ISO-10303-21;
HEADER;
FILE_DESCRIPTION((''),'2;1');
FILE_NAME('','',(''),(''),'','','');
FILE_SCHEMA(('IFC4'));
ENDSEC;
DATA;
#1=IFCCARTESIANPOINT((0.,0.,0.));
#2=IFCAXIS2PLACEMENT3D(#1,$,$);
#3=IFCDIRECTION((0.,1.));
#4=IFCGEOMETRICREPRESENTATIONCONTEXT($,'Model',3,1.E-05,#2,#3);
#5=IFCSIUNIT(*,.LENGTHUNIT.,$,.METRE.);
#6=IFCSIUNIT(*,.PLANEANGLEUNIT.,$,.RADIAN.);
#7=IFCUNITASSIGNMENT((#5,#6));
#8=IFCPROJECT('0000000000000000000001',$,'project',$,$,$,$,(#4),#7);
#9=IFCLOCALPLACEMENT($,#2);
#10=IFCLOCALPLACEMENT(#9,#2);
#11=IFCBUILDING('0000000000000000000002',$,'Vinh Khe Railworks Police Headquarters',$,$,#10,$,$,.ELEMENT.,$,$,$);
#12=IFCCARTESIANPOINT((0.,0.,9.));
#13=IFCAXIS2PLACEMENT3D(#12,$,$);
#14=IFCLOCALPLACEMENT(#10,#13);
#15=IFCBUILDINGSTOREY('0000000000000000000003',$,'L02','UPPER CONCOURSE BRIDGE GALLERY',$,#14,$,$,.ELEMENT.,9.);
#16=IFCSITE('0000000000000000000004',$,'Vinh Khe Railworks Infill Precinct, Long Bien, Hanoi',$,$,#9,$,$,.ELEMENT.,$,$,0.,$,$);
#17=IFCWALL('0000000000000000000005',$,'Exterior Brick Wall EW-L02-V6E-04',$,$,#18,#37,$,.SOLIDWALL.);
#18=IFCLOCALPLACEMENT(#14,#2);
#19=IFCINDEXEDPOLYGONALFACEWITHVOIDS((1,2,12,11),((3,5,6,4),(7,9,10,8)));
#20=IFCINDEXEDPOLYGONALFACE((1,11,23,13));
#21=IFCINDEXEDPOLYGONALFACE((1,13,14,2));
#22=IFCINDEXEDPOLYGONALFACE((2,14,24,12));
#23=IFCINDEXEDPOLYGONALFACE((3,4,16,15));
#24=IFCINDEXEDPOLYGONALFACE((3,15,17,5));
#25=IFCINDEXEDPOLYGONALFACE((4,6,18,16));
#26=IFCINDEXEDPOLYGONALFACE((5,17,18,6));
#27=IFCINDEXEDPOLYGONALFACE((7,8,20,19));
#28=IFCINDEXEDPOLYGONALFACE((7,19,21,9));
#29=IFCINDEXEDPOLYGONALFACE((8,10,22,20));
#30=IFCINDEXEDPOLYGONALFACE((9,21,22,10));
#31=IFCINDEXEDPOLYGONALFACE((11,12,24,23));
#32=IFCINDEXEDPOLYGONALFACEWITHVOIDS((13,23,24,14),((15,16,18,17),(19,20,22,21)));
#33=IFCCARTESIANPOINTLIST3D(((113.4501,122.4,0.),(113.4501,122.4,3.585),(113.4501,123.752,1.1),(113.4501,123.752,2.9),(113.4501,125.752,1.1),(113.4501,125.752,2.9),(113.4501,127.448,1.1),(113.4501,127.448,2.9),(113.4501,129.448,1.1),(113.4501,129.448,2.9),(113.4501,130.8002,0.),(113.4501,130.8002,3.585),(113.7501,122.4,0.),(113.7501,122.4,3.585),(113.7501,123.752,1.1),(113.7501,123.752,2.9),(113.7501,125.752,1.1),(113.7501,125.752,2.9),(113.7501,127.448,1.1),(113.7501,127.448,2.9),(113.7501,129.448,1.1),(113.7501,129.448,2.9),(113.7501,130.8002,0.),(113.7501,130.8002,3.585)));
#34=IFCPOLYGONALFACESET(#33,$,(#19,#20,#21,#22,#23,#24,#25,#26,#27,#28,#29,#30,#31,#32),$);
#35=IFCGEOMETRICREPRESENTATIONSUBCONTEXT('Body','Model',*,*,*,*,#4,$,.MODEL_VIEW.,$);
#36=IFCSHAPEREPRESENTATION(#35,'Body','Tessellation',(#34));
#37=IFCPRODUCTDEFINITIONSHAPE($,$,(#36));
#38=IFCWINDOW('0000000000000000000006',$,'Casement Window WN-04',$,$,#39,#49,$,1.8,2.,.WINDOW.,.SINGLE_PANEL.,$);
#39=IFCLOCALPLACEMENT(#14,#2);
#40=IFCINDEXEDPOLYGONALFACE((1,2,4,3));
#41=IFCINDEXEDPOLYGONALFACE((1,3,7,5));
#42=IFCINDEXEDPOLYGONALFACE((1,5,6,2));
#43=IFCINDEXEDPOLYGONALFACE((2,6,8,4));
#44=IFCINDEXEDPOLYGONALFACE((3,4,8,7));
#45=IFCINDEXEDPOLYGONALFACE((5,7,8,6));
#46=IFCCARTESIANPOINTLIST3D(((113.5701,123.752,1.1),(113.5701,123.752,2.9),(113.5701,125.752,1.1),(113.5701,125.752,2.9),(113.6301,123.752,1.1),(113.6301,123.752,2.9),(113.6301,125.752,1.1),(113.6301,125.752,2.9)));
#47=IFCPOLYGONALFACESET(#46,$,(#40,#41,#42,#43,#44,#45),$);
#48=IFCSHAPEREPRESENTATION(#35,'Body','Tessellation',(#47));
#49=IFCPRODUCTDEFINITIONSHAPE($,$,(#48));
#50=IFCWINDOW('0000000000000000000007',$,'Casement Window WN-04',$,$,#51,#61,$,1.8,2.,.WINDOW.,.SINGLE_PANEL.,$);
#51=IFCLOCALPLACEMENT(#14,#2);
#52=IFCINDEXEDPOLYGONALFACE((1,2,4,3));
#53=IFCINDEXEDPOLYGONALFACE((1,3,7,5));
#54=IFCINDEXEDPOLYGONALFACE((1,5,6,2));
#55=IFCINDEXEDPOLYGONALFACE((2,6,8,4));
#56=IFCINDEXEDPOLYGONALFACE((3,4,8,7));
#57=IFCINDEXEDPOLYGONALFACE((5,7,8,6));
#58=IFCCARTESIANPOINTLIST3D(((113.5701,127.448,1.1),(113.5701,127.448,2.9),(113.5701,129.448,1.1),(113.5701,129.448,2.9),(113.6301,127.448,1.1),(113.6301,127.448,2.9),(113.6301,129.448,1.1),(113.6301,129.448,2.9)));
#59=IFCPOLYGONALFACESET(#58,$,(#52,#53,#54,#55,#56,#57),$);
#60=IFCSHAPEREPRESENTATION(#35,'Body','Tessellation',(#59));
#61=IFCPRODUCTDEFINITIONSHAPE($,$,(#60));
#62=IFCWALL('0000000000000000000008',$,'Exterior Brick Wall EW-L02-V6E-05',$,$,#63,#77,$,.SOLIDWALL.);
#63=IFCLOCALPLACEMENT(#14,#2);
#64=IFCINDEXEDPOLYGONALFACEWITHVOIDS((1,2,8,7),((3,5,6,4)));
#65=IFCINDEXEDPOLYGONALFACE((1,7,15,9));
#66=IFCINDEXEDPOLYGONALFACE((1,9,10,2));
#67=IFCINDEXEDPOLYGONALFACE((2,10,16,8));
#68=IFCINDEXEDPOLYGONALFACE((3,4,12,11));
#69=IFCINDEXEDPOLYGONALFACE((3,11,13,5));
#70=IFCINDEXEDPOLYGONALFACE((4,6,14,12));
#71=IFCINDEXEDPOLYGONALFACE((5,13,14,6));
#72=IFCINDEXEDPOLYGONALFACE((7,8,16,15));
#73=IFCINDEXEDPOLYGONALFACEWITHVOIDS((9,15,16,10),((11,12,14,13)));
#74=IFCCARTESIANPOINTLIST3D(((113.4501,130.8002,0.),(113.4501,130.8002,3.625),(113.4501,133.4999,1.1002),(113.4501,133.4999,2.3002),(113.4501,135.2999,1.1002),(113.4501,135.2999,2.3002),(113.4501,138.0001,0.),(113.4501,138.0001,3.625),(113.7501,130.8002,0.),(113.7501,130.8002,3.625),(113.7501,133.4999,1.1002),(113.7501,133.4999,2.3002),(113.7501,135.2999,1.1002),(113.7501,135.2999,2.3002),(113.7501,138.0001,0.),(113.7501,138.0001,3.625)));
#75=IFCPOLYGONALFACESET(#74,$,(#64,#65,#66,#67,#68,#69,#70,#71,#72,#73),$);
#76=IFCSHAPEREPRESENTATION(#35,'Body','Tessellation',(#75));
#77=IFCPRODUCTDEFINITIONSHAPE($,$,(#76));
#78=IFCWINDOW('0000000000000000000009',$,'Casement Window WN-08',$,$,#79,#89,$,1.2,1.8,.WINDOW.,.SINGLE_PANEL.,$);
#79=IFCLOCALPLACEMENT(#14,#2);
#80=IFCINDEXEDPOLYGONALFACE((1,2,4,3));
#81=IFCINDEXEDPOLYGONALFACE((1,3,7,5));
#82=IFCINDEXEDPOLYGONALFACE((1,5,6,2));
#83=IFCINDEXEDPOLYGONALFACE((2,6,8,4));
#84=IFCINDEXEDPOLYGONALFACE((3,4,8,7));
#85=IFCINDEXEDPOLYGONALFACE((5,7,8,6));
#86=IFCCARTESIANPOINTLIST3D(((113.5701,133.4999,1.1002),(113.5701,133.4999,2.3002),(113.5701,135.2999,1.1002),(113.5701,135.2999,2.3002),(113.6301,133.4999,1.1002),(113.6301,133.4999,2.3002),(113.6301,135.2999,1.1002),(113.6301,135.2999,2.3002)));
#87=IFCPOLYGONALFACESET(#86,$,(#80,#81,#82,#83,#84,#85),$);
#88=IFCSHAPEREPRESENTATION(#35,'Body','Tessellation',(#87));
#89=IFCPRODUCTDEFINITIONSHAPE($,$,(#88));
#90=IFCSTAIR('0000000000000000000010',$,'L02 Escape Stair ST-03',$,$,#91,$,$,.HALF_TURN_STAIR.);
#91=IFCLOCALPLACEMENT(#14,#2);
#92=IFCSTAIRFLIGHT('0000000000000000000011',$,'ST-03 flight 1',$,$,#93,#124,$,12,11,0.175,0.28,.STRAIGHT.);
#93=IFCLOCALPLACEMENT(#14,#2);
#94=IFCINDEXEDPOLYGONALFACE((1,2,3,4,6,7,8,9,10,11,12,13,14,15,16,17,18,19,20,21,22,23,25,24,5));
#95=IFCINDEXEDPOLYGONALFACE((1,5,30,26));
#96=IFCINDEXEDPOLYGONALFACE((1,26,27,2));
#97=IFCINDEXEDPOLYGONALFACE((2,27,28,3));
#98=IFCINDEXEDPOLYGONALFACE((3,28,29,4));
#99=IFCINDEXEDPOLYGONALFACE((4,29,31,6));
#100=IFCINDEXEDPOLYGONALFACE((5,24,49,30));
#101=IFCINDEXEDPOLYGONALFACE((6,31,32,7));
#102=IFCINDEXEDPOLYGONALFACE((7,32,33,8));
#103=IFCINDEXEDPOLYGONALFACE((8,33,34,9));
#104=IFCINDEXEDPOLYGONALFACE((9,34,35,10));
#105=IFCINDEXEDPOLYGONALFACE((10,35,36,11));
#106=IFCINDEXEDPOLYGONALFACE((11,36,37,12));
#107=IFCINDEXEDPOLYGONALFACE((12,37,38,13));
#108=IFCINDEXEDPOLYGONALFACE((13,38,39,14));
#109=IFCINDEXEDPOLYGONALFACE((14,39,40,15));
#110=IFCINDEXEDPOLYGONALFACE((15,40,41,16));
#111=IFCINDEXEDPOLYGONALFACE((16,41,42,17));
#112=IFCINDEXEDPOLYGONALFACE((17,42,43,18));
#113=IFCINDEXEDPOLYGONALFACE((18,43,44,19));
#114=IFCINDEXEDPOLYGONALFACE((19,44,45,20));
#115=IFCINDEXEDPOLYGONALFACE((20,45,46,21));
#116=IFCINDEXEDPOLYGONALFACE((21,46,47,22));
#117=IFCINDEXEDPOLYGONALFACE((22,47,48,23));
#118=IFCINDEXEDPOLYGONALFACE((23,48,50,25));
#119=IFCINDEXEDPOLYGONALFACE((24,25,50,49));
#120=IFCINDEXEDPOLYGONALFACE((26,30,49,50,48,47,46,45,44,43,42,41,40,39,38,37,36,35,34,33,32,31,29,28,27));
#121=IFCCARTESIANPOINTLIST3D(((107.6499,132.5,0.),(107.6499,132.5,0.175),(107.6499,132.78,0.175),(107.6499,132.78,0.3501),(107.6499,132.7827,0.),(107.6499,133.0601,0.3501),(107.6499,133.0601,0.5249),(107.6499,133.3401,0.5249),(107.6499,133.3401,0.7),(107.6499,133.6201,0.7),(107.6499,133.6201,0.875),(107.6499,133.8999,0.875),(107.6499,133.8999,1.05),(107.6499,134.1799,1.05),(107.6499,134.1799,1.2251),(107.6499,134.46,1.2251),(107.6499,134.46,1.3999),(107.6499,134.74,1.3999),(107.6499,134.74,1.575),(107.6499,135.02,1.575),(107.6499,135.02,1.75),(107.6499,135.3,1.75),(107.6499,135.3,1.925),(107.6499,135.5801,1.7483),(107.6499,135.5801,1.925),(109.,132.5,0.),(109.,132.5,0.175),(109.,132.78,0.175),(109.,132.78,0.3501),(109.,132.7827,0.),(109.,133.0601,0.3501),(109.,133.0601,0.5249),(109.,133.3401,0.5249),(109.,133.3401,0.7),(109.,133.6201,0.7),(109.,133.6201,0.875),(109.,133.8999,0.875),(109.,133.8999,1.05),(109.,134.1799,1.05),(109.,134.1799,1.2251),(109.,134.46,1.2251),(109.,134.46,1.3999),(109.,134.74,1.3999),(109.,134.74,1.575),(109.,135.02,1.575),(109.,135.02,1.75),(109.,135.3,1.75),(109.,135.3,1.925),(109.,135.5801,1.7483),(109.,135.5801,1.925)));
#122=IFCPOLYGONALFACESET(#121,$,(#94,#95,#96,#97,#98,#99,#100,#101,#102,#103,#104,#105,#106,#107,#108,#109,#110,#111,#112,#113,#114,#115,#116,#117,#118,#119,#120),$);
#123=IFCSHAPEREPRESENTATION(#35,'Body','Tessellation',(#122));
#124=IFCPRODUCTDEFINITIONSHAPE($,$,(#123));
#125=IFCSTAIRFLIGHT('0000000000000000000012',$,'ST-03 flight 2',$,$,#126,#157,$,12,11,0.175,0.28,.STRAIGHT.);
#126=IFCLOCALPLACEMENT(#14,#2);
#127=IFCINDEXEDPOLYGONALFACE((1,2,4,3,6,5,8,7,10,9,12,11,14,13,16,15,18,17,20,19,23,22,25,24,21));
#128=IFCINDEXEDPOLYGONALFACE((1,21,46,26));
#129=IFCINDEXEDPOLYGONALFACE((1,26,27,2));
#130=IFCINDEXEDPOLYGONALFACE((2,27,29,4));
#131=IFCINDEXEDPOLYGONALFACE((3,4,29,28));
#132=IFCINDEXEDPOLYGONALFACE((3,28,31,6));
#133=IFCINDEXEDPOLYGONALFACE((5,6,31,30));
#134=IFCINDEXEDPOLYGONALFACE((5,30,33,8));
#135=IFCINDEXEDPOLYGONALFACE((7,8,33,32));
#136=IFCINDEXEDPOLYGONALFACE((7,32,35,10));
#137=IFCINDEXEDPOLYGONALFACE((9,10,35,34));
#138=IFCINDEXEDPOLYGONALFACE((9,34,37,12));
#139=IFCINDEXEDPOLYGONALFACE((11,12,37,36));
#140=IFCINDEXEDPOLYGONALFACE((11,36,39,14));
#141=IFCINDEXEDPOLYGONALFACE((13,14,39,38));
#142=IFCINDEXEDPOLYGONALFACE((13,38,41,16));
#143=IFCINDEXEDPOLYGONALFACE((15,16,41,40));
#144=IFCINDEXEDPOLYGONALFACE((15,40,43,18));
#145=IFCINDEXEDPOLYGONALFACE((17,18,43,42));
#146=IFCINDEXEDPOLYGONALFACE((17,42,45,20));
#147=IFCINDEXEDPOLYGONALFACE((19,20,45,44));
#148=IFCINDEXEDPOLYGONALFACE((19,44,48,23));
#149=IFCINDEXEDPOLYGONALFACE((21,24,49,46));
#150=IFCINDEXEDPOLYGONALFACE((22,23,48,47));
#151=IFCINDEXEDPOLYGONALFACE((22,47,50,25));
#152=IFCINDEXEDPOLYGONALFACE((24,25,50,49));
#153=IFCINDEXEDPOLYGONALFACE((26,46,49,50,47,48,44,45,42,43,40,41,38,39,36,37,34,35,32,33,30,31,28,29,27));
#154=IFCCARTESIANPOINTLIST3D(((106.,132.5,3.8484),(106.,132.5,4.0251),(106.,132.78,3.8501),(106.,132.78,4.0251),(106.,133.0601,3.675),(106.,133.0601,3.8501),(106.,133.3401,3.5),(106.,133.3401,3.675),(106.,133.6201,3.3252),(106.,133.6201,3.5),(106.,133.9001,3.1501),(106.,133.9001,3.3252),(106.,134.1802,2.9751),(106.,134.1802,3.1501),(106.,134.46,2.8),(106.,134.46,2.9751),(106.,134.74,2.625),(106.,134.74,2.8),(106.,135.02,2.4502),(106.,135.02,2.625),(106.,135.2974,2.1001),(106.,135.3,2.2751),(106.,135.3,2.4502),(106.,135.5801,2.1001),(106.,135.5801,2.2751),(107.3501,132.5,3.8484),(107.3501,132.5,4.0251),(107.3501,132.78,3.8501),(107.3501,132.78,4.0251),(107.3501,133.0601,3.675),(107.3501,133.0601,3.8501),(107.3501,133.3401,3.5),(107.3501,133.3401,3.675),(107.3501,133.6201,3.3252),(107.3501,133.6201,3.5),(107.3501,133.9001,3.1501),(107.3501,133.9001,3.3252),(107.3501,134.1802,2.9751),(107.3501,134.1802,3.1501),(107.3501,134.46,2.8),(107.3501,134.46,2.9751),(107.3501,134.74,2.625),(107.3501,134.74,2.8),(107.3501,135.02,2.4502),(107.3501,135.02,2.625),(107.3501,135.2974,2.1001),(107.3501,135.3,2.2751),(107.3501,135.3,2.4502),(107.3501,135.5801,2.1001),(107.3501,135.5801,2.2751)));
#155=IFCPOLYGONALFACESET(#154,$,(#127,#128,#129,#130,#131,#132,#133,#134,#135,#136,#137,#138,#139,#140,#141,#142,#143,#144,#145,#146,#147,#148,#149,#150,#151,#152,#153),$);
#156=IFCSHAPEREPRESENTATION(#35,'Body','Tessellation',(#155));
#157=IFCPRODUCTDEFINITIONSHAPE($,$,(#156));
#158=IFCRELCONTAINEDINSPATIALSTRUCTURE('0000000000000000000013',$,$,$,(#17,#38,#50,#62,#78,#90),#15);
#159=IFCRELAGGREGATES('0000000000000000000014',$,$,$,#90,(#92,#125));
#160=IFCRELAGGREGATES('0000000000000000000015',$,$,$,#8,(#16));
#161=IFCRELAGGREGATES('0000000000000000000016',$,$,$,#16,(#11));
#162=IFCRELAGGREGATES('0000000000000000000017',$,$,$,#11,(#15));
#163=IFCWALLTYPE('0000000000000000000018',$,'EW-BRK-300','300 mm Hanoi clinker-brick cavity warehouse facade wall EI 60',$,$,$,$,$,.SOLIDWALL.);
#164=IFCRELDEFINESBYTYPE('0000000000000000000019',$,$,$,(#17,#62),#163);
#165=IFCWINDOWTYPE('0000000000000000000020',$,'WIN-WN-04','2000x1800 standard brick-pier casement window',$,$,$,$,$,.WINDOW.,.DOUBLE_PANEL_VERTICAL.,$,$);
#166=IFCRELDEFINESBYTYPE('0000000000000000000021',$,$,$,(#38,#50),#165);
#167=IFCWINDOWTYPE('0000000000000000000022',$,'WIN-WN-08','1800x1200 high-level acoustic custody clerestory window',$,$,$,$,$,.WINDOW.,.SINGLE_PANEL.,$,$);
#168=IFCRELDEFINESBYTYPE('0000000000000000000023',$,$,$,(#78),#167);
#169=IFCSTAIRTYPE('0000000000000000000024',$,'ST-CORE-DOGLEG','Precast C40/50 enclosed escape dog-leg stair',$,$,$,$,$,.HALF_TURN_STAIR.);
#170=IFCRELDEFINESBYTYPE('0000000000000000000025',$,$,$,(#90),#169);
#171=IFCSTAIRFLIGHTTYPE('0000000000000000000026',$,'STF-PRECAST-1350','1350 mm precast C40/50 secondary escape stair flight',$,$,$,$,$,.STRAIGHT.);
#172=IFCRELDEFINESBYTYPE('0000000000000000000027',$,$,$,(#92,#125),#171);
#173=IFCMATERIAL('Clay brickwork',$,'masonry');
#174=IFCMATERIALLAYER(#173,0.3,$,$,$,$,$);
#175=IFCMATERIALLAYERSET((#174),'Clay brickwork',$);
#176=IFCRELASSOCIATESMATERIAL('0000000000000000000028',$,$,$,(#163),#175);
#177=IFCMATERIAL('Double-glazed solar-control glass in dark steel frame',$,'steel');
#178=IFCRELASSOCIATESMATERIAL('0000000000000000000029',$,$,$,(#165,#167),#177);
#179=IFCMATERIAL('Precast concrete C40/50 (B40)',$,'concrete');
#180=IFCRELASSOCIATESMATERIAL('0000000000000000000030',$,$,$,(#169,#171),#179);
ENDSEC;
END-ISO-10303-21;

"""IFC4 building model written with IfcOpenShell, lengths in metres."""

from ifc_helpers import new_model, si_unit, direction, frame, frame_2d, origin, place, context, subcontext, project, spatial, polyline, rectangle, outline, extrude, material, layer, layer_set, type_object, element, fill, aggregate, save


model = new_model("IFC4")

# Units and contexts
model_context = context("Model", 3, precision=1e-05, world=origin(), true_north=direction((0.0, 1.0)))
body_context = subcontext(model_context, "Body", "Model", "MODEL_VIEW")
ifc_project = project(units=[si_unit("LENGTHUNIT", "METRE"), si_unit("PLANEANGLEUNIT", "RADIAN")], contexts=[model_context])

# Site, building, storey
site_placement = place(None, origin())
site = spatial("IfcSite", under=ifc_project, at=site_placement, Name="Vinh Khe Railworks Infill Precinct, Long Bien, Hanoi", CompositionType="ELEMENT", RefElevation=0.0)
building_placement = place(site_placement, origin())
building = spatial("IfcBuilding", under=site, at=building_placement, Name="Vinh Khe Railworks Police Headquarters", CompositionType="ELEMENT")
storey_placement = place(building_placement, frame((0.0, 0.0, 9.0)))
storey = spatial("IfcBuildingStorey", under=building, at=storey_placement, Name="L02", Description="UPPER CONCOURSE BRIDGE GALLERY", CompositionType="ELEMENT", Elevation=9.0)

# Wall, openings, windows
ifc_material_1 = material(Name="Clay brickwork", Category="masonry")
ifc_layer_1 = layer(ifc_material_1, 0.3)
ifc_layer_set_1 = layer_set([ifc_layer_1], Name="Clay brickwork")
wall_type_1 = type_object("IfcWallType", Name="EW-BRK-300", Description="300 mm Hanoi clinker-brick cavity warehouse facade wall EI 60", PredefinedType="SOLIDWALL", material=ifc_layer_set_1)
wall_1_placement = place(storey_placement, frame((113.6001, 122.3999, 0.0), z_axis=(0.0, 0.0, 1.0), x_axis=(0.0, 1.0, 0.0)))
wall_1 = element("IfcWall", 1, at=wall_1_placement, inside=storey, type_object=wall_type_1, Name="Exterior Brick Wall EW-L02-V6E-04", PredefinedType="SOLIDWALL", context=body_context, shape_type="SweptSolid", body=[
    extrude(rectangle(XDim=8.4001, YDim=0.3, at=frame_2d((4.2002, 0.0))), origin(), (0.0, 0.0, 1.0), 3.585),
])
opening_1_placement = place(wall_1_placement, frame((1.3521, 0.0, 1.1001)))
opening_1 = element("IfcOpeningElement", 2, at=opening_1_placement, cuts=wall_1, PredefinedType="OPENING", context=body_context, shape_type="SweptSolid", body=[
    extrude(rectangle(XDim=2.0, YDim=1.8, at=frame_2d((1.0, 0.8999))), frame((0.0, 0.165, 0.0), z_axis=(0.0, -1.0, 0.0), x_axis=(1.0, 0.0, 0.0)), (0.0, 0.0, 1.0), 0.3298),
])
opening_2_placement = place(wall_1_placement, frame((5.0481, 0.0, 1.1001)))
opening_2 = element("IfcOpeningElement", 3, at=opening_2_placement, cuts=wall_1, PredefinedType="OPENING", context=body_context, shape_type="SweptSolid", body=[
    extrude(rectangle(XDim=2.0, YDim=1.8, at=frame_2d((1.0, 0.8999))), frame((0.0, 0.165, 0.0), z_axis=(0.0, -1.0, 0.0), x_axis=(1.0, 0.0, 0.0)), (0.0, 0.0, 1.0), 0.3298),
])
ifc_material_2 = material(Name="Double-glazed solar-control glass in dark steel frame", Category="steel")
window_type_1 = type_object("IfcWindowType", Name="WIN-WN-04", Description="2000x1800 standard brick-pier casement window", PartitioningType="DOUBLE_PANEL_VERTICAL", PredefinedType="WINDOW", material=ifc_material_2)
window_1_placement = place(opening_1_placement, origin())
window_1 = element("IfcWindow", 4, at=window_1_placement, inside=storey, type_object=window_type_1, Name="Casement Window WN-04", OverallHeight=1.8, OverallWidth=2.0, PartitioningType="SINGLE_PANEL", PredefinedType="WINDOW", context=body_context, shape_type="SweptSolid", body=[
    extrude(rectangle(XDim=2.0, YDim=1.8, at=frame_2d((1.0, 0.8999))), frame((0.0, 0.03, 0.0), z_axis=(0.0, -1.0, 0.0), x_axis=(1.0, 0.0, 0.0)), (0.0, 0.0, 1.0), 0.0601),
])
fill(opening_1, window_1)
window_2_placement = place(opening_2_placement, origin())
window_2 = element("IfcWindow", 5, at=window_2_placement, inside=storey, type_object=window_type_1, Name="Casement Window WN-04", OverallHeight=1.8, OverallWidth=2.0, PartitioningType="SINGLE_PANEL", PredefinedType="WINDOW", context=body_context, shape_type="SweptSolid", body=[
    extrude(rectangle(XDim=2.0, YDim=1.8, at=frame_2d((1.0, 0.8999))), frame((0.0, 0.03, 0.0), z_axis=(0.0, -1.0, 0.0), x_axis=(1.0, 0.0, 0.0)), (0.0, 0.0, 1.0), 0.0601),
])
fill(opening_2, window_2)

# Wall, opening, window
wall_2_placement = place(storey_placement, frame((113.6001, 130.8, 0.0), z_axis=(0.0, 0.0, 1.0), x_axis=(0.0, 1.0, 0.0)))
wall_2 = element("IfcWall", 6, at=wall_2_placement, inside=storey, type_object=wall_type_1, Name="Exterior Brick Wall EW-L02-V6E-05", PredefinedType="SOLIDWALL", context=body_context, shape_type="SweptSolid", body=[
    extrude(rectangle(XDim=7.2, YDim=0.3, at=frame_2d((3.6001, 0.0))), origin(), (0.0, 0.0, 1.0), 3.625),
])
opening_3_placement = place(wall_2_placement, frame((2.7, 0.0, 1.1001)))
opening_3 = element("IfcOpeningElement", 7, at=opening_3_placement, cuts=wall_2, PredefinedType="OPENING", context=body_context, shape_type="SweptSolid", body=[
    extrude(rectangle(XDim=1.8, YDim=1.2, at=frame_2d((0.8999, 0.6001))), frame((0.0, 0.165, 0.0), z_axis=(0.0, -1.0, 0.0), x_axis=(1.0, 0.0, 0.0)), (0.0, 0.0, 1.0), 0.3298),
])
window_type_2 = type_object("IfcWindowType", Name="WIN-WN-08", Description="1800x1200 high-level acoustic custody clerestory window", PartitioningType="SINGLE_PANEL", PredefinedType="WINDOW", material=ifc_material_2)
window_3_placement = place(opening_3_placement, origin())
window_3 = element("IfcWindow", 8, at=window_3_placement, inside=storey, type_object=window_type_2, Name="Casement Window WN-08", OverallHeight=1.2, OverallWidth=1.8, PartitioningType="SINGLE_PANEL", PredefinedType="WINDOW", context=body_context, shape_type="SweptSolid", body=[
    extrude(rectangle(XDim=1.8, YDim=1.2, at=frame_2d((0.8999, 0.6001))), frame((0.0, 0.03, 0.0), z_axis=(0.0, -1.0, 0.0), x_axis=(1.0, 0.0, 0.0)), (0.0, 0.0, 1.0), 0.0601),
])
fill(opening_3, window_3)

# Stair, stair flights
ifc_material_3 = material(Name="Precast concrete C40/50 (B40)", Category="concrete")
stair_type = type_object("IfcStairType", Name="ST-CORE-DOGLEG", Description="Precast C40/50 enclosed escape dog-leg stair", PredefinedType="HALF_TURN_STAIR", material=ifc_material_3)
stair_placement = place(storey_placement, origin())
stair = element("IfcStair", 9, at=stair_placement, inside=storey, type_object=stair_type, Name="L02 Escape Stair ST-03", PredefinedType="HALF_TURN_STAIR")
stair_flight_type = type_object("IfcStairFlightType", Name="STF-PRECAST-1350", Description="1350 mm precast C40/50 secondary escape stair flight", PredefinedType="STRAIGHT", material=ifc_material_3)
stair_flight_1_placement = place(storey_placement, frame((108.325, 132.5, 0.0), z_axis=(0.0, 0.0, 1.0), x_axis=(0.0, 1.0, 0.0)))
stair_flight_1 = element("IfcStairFlight", 10, at=stair_flight_1_placement, type_object=stair_flight_type, Name="ST-03 flight 1", NumberOfRisers=12, NumberOfTreads=11, PredefinedType="STRAIGHT", RiserHeight=0.175, TreadLength=0.28, context=body_context, shape_type="SweptSolid", body=[
    extrude(outline(polyline([(0.0, 0.0), (0.0, 0.175), (0.28, 0.175), (0.28, 0.3501), (0.5601, 0.3501), (0.5601, 0.5249), (0.8401, 0.5249), (0.8401, 0.7), (1.1201, 0.7), (1.1201, 0.875), (1.3999, 0.875), (1.3999, 1.05), (1.6799, 1.05), (1.6799, 1.2251), (1.96, 1.2251), (1.96, 1.3999), (2.24, 1.3999), (2.24, 1.575), (2.52, 1.575), (2.52, 1.75), (2.8, 1.75), (2.8, 1.925), (3.0801, 1.925), (3.0801, 2.1001), (3.0801, 1.7483), (0.2827, 0.0), (0.0, 0.0)])), frame((0.0, 0.675, 0.0), z_axis=(0.0, -1.0, 0.0), x_axis=(1.0, 0.0, 0.0)), (0.0, 0.0, 1.0), 1.3501),
])
stair_flight_2_placement = place(storey_placement, frame((106.675, 135.5801, 2.1001), z_axis=(0.0, 0.0, 1.0), x_axis=(0.0, -1.0, 0.0)))
stair_flight_2 = element("IfcStairFlight", 11, at=stair_flight_2_placement, type_object=stair_flight_type, Name="ST-03 flight 2", NumberOfRisers=12, NumberOfTreads=11, PredefinedType="STRAIGHT", RiserHeight=0.175, TreadLength=0.28, context=body_context, shape_type="SweptSolid", body=[
    extrude(outline(polyline([(0.0, 0.0), (0.0, 0.175), (0.28, 0.175), (0.28, 0.3501), (0.5601, 0.3501), (0.5601, 0.5249), (0.8401, 0.5249), (0.8401, 0.7), (1.1201, 0.7), (1.1201, 0.875), (1.3999, 0.875), (1.3999, 1.05), (1.6799, 1.05), (1.6799, 1.2251), (1.96, 1.2251), (1.96, 1.3999), (2.24, 1.3999), (2.24, 1.575), (2.52, 1.575), (2.52, 1.75), (2.8, 1.75), (2.8, 1.925), (3.0801, 1.925), (3.0801, 2.1001), (3.0801, 1.7483), (0.2827, 0.0), (0.0, 0.0)])), frame((0.0, 0.675, 0.0), z_axis=(0.0, -1.0, 0.0), x_axis=(1.0, 0.0, 0.0)), (0.0, 0.0, 1.0), 1.3501),
])
aggregate(stair, [stair_flight_1, stair_flight_2])

save(model, "model.ifc")
